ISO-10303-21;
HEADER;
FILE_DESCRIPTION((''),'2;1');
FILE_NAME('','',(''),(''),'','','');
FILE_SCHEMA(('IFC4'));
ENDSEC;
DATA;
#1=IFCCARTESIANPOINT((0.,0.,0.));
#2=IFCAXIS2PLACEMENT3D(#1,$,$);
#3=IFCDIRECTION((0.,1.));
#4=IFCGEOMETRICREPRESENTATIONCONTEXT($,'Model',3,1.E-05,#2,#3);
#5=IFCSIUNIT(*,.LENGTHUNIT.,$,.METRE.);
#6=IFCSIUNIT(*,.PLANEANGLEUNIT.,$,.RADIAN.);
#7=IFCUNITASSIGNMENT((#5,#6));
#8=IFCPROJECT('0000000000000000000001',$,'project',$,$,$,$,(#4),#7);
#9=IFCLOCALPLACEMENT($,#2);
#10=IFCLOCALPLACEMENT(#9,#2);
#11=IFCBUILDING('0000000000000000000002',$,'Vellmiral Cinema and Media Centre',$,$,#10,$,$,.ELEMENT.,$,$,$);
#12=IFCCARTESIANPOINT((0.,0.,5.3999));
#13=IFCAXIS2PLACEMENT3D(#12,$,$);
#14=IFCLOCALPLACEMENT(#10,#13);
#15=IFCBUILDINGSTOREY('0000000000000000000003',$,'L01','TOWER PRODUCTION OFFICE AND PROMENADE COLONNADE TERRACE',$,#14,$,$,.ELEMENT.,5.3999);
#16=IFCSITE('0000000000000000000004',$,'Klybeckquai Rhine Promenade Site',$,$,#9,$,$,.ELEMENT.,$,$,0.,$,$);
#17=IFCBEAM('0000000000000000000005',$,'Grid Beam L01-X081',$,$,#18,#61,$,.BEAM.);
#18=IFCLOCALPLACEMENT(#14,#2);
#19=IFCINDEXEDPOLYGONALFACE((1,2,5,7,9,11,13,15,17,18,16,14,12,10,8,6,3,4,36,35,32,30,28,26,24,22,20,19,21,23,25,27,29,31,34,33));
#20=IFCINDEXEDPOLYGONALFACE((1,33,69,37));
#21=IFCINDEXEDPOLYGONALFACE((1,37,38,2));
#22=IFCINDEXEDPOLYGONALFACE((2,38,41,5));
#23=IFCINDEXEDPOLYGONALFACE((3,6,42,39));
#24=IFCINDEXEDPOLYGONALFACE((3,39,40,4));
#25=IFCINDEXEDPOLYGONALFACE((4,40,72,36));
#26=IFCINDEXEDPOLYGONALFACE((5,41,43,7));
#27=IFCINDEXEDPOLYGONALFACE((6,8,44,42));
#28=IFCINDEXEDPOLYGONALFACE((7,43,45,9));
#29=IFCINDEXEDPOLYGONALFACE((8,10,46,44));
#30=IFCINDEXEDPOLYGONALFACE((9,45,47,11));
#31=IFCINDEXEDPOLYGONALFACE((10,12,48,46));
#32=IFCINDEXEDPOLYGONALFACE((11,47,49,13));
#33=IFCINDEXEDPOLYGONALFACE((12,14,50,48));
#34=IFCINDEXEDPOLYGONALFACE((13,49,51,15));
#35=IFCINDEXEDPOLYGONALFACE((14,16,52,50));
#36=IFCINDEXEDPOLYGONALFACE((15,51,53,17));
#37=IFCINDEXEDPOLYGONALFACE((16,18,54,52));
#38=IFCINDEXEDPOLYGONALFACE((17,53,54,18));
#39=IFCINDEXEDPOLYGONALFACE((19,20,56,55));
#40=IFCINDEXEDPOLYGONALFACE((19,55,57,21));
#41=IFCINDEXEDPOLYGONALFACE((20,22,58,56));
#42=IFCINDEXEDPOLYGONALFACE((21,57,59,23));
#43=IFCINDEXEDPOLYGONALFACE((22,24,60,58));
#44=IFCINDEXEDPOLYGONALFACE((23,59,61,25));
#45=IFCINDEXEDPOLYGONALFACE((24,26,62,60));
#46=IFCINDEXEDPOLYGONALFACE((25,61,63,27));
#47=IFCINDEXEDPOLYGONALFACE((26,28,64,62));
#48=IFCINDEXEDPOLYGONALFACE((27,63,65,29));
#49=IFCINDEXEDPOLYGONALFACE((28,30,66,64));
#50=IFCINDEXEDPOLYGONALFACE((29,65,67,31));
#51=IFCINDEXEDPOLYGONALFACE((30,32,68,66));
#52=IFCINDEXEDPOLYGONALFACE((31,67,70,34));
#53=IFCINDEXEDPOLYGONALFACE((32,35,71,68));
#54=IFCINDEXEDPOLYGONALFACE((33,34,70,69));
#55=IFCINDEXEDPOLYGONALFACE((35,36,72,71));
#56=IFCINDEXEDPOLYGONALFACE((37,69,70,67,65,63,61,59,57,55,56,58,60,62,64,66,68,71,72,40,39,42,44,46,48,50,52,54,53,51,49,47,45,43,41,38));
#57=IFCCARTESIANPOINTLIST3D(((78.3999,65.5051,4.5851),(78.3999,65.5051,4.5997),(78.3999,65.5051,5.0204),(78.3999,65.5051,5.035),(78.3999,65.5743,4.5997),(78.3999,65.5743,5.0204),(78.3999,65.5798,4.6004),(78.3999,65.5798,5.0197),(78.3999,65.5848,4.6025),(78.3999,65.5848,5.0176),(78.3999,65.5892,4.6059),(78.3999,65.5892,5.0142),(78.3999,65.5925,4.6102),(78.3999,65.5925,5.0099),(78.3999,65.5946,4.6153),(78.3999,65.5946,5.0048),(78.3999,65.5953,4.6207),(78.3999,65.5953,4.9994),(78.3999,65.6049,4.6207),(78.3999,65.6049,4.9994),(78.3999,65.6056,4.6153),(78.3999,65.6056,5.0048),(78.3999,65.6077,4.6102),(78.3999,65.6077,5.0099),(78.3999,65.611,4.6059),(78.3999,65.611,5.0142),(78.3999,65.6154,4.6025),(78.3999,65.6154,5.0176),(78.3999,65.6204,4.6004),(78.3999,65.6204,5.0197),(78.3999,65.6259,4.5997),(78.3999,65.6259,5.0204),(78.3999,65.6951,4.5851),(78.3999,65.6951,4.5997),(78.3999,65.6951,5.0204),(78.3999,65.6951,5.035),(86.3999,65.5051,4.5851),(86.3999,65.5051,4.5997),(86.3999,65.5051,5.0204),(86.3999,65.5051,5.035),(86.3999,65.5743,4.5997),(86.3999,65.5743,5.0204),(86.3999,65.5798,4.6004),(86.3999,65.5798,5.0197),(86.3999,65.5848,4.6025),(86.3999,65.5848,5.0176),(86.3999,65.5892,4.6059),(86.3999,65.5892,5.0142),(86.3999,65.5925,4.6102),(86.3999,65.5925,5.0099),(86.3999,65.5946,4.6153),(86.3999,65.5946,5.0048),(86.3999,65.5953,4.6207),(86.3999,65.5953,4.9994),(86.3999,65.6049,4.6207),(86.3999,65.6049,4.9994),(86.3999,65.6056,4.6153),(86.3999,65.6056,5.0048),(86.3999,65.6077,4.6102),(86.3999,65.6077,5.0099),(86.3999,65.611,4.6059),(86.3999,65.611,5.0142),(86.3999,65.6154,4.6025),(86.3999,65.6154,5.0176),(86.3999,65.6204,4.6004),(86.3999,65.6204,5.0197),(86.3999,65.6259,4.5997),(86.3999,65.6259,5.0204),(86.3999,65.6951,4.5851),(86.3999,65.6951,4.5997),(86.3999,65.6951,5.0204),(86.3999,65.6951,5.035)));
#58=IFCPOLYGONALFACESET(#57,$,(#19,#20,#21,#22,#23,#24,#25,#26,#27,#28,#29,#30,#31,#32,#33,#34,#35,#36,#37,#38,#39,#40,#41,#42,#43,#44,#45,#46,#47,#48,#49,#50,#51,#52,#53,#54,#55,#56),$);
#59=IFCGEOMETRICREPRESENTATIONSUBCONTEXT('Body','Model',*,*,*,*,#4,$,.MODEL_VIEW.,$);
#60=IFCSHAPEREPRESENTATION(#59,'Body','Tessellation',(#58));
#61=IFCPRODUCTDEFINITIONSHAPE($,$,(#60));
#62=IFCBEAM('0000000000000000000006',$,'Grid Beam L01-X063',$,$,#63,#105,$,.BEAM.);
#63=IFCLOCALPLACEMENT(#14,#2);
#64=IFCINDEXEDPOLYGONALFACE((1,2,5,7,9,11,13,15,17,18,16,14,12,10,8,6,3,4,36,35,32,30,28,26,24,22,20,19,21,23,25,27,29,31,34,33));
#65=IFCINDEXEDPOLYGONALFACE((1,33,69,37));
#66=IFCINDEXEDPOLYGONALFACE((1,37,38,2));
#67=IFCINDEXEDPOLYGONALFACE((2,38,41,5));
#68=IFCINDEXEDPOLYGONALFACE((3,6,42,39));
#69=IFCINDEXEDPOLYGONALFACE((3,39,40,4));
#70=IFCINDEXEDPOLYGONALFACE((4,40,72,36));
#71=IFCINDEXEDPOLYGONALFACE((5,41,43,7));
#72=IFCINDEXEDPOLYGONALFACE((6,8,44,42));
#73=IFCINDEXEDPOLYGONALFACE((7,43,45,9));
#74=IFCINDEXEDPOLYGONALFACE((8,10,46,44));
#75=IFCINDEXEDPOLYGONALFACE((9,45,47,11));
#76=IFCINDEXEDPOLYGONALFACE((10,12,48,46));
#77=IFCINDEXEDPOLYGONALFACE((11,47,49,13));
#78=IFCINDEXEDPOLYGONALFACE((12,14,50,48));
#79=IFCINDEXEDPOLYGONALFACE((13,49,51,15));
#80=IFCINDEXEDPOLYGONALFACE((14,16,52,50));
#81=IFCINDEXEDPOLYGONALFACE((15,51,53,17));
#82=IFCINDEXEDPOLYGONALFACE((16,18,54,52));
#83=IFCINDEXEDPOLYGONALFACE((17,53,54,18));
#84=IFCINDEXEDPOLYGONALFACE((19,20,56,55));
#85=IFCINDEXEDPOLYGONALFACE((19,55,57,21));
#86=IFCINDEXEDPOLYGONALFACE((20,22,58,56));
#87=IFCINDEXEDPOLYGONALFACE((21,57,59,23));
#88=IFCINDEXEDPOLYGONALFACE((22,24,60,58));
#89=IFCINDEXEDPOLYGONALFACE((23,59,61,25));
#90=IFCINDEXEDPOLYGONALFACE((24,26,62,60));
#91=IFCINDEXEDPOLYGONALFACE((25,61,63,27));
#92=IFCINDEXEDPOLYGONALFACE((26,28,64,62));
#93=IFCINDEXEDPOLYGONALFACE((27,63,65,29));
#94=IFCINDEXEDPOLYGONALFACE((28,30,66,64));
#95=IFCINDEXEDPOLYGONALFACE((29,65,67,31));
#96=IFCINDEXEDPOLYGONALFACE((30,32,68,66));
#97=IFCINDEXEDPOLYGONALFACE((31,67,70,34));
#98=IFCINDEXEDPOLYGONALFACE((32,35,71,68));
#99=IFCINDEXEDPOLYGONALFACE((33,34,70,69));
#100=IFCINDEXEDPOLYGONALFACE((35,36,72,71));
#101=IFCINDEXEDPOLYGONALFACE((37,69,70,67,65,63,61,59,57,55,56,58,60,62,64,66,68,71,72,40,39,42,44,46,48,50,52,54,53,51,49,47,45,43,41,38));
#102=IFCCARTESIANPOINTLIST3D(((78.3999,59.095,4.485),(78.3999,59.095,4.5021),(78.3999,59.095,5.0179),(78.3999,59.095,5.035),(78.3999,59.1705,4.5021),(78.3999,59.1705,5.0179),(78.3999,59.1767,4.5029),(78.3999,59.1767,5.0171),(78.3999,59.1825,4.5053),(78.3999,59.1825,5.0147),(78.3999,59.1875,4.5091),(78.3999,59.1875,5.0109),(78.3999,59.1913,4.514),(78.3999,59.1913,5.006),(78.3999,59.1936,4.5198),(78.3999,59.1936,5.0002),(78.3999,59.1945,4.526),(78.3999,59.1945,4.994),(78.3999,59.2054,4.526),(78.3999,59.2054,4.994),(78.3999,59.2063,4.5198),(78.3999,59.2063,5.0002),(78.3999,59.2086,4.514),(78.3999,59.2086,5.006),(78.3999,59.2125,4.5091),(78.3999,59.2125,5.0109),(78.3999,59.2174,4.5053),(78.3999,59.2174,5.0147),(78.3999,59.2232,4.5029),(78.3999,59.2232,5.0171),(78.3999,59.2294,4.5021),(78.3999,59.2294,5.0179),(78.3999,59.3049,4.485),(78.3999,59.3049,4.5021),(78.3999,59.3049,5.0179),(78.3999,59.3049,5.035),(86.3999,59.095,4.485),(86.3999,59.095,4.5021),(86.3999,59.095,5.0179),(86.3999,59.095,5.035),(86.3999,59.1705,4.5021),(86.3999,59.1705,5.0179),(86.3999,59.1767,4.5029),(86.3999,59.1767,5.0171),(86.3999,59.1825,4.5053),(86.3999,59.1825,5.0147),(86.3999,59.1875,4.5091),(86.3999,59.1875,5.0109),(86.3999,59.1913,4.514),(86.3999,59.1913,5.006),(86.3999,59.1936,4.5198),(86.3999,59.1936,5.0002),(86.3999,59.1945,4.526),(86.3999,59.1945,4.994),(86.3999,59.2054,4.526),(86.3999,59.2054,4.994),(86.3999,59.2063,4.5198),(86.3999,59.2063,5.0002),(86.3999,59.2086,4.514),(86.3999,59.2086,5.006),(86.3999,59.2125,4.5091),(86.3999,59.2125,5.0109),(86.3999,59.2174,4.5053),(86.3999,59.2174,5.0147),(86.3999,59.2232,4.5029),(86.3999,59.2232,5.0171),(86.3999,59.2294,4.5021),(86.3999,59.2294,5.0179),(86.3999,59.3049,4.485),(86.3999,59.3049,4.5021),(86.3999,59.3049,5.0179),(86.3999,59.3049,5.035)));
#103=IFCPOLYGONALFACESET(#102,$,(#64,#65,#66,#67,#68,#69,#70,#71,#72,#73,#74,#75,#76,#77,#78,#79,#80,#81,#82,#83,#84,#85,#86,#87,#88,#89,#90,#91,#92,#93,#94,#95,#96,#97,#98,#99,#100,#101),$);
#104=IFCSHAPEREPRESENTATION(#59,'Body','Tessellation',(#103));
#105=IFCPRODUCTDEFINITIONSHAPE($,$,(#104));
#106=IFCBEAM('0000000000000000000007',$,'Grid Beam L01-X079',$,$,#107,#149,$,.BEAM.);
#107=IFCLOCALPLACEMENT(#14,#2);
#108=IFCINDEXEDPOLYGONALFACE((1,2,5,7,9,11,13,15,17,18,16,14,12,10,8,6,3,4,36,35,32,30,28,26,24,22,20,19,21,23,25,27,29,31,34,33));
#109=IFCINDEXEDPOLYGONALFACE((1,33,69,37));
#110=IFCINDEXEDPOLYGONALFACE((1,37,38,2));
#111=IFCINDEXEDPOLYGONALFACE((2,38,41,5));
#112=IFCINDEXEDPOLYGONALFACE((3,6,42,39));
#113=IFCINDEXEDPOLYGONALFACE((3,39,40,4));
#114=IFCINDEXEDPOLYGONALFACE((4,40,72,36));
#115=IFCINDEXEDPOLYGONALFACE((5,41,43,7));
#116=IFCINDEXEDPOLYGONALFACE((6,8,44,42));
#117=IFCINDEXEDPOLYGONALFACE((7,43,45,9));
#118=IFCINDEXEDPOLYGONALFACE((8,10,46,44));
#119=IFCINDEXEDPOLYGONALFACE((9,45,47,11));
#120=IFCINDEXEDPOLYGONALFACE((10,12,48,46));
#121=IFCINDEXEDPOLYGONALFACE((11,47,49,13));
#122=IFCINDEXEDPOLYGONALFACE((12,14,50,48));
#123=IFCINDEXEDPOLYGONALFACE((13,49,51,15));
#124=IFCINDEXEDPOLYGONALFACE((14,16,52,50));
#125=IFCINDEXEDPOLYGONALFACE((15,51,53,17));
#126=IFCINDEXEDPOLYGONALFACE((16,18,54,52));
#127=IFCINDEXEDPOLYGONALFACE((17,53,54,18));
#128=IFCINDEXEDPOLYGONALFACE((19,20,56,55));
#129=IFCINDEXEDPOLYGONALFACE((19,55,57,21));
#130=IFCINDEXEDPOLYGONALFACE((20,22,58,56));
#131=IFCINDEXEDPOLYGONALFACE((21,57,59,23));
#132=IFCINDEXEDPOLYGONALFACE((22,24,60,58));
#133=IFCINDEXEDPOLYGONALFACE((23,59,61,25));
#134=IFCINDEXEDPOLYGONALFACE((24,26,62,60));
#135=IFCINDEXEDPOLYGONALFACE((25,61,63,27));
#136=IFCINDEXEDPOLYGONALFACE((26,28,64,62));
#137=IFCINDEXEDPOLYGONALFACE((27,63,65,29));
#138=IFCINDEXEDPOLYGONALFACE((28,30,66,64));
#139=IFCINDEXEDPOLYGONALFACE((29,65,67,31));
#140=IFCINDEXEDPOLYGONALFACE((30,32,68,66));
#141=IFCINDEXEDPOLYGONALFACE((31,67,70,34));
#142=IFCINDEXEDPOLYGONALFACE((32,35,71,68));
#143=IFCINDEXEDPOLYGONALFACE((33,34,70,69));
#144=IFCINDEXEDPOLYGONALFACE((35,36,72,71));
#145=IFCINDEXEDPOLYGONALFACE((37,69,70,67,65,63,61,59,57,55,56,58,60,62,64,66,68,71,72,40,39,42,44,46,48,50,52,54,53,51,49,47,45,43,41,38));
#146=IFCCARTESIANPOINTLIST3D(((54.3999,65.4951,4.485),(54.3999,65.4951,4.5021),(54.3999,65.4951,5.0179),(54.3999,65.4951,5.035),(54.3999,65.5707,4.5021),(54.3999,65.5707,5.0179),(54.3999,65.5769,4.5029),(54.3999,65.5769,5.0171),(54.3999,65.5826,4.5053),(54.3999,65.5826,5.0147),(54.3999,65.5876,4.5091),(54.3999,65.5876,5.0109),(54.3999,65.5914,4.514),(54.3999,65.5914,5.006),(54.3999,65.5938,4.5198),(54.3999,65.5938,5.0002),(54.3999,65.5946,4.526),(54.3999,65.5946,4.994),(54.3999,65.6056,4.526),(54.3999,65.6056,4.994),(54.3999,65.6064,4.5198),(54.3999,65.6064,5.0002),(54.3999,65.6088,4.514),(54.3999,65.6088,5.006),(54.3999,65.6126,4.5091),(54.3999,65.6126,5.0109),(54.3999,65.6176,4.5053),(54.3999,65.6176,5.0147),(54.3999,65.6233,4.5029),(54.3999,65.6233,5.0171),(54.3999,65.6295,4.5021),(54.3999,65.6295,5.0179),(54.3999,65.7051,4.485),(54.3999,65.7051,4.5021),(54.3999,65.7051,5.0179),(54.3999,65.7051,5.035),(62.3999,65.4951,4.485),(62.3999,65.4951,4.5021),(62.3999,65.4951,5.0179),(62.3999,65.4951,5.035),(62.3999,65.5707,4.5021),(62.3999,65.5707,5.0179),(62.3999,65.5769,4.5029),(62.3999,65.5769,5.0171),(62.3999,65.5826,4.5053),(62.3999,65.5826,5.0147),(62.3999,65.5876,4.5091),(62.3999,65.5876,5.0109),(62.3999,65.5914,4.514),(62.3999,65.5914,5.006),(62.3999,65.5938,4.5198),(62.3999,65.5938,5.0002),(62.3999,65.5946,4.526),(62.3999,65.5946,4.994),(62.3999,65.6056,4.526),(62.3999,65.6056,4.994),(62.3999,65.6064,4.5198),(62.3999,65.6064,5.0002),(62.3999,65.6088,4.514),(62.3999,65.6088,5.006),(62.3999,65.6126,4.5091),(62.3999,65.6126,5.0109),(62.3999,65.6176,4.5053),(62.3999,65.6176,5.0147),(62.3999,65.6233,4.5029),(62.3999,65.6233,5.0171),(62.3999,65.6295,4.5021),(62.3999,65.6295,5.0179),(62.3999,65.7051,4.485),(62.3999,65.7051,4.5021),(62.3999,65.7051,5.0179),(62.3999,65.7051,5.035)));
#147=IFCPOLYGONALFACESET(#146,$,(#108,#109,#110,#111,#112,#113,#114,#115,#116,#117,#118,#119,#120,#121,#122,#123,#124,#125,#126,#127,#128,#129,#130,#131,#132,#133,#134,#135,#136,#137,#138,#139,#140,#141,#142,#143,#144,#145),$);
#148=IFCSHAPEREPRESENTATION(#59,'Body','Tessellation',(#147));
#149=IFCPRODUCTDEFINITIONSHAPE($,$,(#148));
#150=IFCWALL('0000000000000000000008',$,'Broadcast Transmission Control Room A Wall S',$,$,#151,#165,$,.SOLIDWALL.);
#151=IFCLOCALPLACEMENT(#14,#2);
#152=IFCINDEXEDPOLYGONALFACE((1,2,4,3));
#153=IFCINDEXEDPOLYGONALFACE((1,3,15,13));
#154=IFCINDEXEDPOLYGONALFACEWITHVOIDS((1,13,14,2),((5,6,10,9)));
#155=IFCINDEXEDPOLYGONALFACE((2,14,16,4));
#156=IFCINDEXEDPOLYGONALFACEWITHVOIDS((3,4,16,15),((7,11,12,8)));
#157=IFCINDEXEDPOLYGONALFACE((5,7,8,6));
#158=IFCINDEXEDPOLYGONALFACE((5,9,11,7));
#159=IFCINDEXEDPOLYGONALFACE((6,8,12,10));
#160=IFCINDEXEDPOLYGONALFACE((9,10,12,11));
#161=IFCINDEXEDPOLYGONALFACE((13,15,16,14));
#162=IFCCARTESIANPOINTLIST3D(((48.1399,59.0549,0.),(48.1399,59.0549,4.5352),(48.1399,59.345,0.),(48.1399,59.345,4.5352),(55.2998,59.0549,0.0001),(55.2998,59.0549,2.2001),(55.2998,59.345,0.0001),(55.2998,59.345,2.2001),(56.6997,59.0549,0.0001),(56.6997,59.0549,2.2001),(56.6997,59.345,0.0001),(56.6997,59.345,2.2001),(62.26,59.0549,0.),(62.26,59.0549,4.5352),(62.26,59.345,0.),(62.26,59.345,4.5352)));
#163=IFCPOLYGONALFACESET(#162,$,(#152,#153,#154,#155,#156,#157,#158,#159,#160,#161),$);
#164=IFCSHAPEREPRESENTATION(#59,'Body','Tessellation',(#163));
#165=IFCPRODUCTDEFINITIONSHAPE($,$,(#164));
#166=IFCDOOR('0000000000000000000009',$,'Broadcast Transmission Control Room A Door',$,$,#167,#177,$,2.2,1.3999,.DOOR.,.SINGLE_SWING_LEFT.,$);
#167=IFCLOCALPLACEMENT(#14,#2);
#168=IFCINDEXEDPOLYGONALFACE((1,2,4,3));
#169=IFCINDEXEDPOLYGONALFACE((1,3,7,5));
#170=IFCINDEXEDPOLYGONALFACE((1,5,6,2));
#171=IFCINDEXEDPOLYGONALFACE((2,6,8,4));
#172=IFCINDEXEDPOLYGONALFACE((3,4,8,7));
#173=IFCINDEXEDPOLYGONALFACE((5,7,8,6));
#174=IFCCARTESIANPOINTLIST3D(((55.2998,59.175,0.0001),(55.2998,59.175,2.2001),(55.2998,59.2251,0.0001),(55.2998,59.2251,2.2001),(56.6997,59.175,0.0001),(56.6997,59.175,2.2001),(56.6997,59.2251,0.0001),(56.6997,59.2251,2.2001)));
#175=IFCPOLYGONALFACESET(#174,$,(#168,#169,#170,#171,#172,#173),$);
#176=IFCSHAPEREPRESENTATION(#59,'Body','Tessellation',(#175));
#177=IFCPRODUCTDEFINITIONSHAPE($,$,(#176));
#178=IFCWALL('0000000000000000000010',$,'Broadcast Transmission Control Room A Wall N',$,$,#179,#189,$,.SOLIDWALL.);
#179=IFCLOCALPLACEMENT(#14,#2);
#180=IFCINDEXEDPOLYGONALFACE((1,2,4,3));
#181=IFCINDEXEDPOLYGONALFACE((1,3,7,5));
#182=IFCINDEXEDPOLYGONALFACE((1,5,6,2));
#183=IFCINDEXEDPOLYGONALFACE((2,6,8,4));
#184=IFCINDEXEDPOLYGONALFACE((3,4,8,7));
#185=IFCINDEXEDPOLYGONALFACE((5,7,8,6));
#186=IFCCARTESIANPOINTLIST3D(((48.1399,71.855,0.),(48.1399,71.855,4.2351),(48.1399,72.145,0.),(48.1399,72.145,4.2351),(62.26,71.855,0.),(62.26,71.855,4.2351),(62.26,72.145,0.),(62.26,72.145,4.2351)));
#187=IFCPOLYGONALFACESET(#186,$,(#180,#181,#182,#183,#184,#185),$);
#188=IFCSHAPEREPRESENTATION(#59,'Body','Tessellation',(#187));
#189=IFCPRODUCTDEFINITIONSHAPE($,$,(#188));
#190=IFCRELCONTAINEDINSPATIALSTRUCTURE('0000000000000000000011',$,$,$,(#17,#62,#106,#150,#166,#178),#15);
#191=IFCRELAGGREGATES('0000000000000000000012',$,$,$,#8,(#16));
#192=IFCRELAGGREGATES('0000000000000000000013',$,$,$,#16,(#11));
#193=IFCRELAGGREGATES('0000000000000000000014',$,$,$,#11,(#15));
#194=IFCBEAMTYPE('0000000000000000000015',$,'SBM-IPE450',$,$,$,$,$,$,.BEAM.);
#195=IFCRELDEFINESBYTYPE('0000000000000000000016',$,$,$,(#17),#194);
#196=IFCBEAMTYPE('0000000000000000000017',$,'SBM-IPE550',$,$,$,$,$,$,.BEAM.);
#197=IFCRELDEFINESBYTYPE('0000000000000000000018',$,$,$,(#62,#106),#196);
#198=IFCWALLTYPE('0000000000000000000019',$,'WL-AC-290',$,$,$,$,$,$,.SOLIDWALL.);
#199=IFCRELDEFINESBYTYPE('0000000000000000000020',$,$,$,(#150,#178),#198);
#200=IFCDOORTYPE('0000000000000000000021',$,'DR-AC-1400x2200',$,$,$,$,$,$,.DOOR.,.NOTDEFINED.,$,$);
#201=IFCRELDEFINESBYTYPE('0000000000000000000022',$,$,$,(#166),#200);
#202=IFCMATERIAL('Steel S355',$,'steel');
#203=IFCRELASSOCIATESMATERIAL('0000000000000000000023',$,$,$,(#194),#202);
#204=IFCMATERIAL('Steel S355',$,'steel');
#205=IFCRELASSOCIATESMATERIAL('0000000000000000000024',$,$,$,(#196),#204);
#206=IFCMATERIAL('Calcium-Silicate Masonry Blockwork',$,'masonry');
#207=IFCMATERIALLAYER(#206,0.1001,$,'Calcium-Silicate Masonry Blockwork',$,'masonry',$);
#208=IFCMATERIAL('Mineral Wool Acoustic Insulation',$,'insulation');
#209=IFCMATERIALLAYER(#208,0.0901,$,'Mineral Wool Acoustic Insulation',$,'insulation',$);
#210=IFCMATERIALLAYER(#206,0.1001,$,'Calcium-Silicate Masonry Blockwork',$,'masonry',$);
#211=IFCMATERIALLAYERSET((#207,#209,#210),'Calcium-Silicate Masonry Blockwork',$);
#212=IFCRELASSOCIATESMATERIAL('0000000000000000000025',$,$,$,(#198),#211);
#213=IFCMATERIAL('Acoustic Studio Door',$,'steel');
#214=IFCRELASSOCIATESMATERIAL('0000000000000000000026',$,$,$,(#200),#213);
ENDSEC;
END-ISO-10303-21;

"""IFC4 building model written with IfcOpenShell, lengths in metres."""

from ifc_helpers import new_model, si_unit, direction, frame, frame_2d, origin, origin_2d, place, context, subcontext, project, spatial, rectangle, i_section, extrude, material, layer, layer_set, material_profile, profile_set, type_object, element, fill, save


model = new_model("IFC4")

# Units and contexts
model_context = context("Model", 3, precision=1e-05, world=origin(), true_north=direction((0.0, 1.0)))
body_context = subcontext(model_context, "Body", "Model", "MODEL_VIEW")
ifc_project = project(units=[si_unit("LENGTHUNIT", "METRE"), si_unit("PLANEANGLEUNIT", "RADIAN")], contexts=[model_context])

# Site, building, storey
site_placement = place(None, origin())
site = spatial("IfcSite", under=ifc_project, at=site_placement, Name="Klybeckquai Rhine Promenade Site", CompositionType="ELEMENT", RefElevation=0.0)
building_placement = place(site_placement, origin())
building = spatial("IfcBuilding", under=site, at=building_placement, Name="Vellmiral Cinema and Media Centre", CompositionType="ELEMENT")
storey_placement = place(building_placement, frame((0.0, 0.0, 5.3999)))
storey = spatial("IfcBuildingStorey", under=building, at=storey_placement, Name="L01", Description="TOWER PRODUCTION OFFICE AND PROMENADE COLONNADE TERRACE", CompositionType="ELEMENT", Elevation=5.3999)

# Beams
ifc_material_1 = material(Name="Steel S355", Category="steel")
ifc_material_profile_1 = material_profile(ifc_material_1, i_section(OverallWidth=0.1899, OverallDepth=0.45, WebThickness=0.0095, FlangeThickness=0.0146, FilletRadius=0.021, at=origin_2d()), Name="IPE 450")
ifc_profile_set_1 = profile_set([ifc_material_profile_1], Name="Steel S355")
beam_type_1 = type_object("IfcBeamType", Name="SBM-IPE450", PredefinedType="BEAM", material=ifc_profile_set_1)
beam_1_placement = place(storey_placement, frame((78.3999, 65.6001, 4.8101), z_axis=(1.0, 0.0, 0.0), x_axis=(0.0, 1.0, 0.0)))
element("IfcBeam", 1, at=beam_1_placement, inside=storey, type_object=beam_type_1, Name="Grid Beam L01-X081", PredefinedType="BEAM", context=body_context, shape_type="SweptSolid", body=[
    extrude(i_section(OverallWidth=0.1899, OverallDepth=0.45, WebThickness=0.0095, FlangeThickness=0.0146, FilletRadius=0.021, at=origin_2d()), origin(), (0.0, 0.0, 1.0), 8.0),
])
ifc_material_2 = material(Name="Steel S355", Category="steel")
ifc_material_profile_2 = material_profile(ifc_material_2, i_section(OverallWidth=0.21, OverallDepth=0.55, WebThickness=0.011, FlangeThickness=0.0171, FilletRadius=0.0239, at=origin_2d()), Name="IPE 550")
ifc_profile_set_2 = profile_set([ifc_material_profile_2], Name="Steel S355")
beam_type_2 = type_object("IfcBeamType", Name="SBM-IPE550", PredefinedType="BEAM", material=ifc_profile_set_2)
for number, where, z_axis, x_axis, name in (
    (2, (78.3999, 59.2, 4.76), (1.0, 0.0, 0.0), (0.0, 1.0, 0.0), "Grid Beam L01-X063"),
    (3, (54.3999, 65.6001, 4.76), (1.0, 0.0, 0.0), (0.0, 1.0, 0.0), "Grid Beam L01-X079"),
):
    element("IfcBeam", number, at=place(storey_placement, frame(where, z_axis=z_axis, x_axis=x_axis)), inside=storey, type_object=beam_type_2, Name=name, PredefinedType="BEAM", context=body_context, shape_type="SweptSolid", body=[
        extrude(i_section(OverallWidth=0.21, OverallDepth=0.55, WebThickness=0.011, FlangeThickness=0.0171, FilletRadius=0.0239, at=origin_2d()), origin(), (0.0, 0.0, 1.0), 8.0),
    ])

# Wall, opening, door
ifc_material_3 = material(Name="Calcium-Silicate Masonry Blockwork", Category="masonry")
ifc_layer_1 = layer(ifc_material_3, 0.1001, Name="Calcium-Silicate Masonry Blockwork", Category="masonry")
ifc_material_4 = material(Name="Mineral Wool Acoustic Insulation", Category="insulation")
ifc_layer_2 = layer(ifc_material_4, 0.0901, Name="Mineral Wool Acoustic Insulation", Category="insulation")
ifc_layer_3 = layer(ifc_material_3, 0.1001, Name="Calcium-Silicate Masonry Blockwork", Category="masonry")
ifc_layer_set_1 = layer_set([ifc_layer_1, ifc_layer_2, ifc_layer_3], Name="Calcium-Silicate Masonry Blockwork")
wall_type_1 = type_object("IfcWallType", Name="WL-AC-290", PredefinedType="SOLIDWALL", material=ifc_layer_set_1)
wall_1_placement = place(storey_placement, frame((48.1399, 59.2, 0.0), z_axis=(0.0, 0.0, 1.0), x_axis=(1.0, 0.0, 0.0)))
wall_1 = element("IfcWall", 4, at=wall_1_placement, inside=storey, type_object=wall_type_1, Name="Broadcast Transmission Control Room A Wall S", PredefinedType="SOLIDWALL", context=body_context, shape_type="SweptSolid", body=[
    extrude(rectangle(XDim=14.1201, YDim=0.29, at=frame_2d((7.0601, 0.0))), origin(), (0.0, 0.0, 1.0), 4.5352),
])
opening_1_placement = place(wall_1_placement, frame((7.1599, 0.0, 0.0)))
opening_1 = element("IfcOpeningElement", 5, at=opening_1_placement, cuts=wall_1, PredefinedType="OPENING", context=body_context, shape_type="SweptSolid", body=[
    extrude(rectangle(XDim=1.3999, YDim=2.2, at=frame_2d((0.7, 1.1001))), frame((0.0, 0.157, 0.0), z_axis=(0.0, -1.0, 0.0), x_axis=(1.0, 0.0, 0.0)), (0.0, 0.0, 1.0), 0.314),
])
ifc_material_5 = material(Name="Acoustic Studio Door", Category="steel")
door_type_1 = type_object("IfcDoorType", Name="DR-AC-1400x2200", OperationType="NOTDEFINED", PredefinedType="DOOR", material=ifc_material_5)
door_1_placement = place(opening_1_placement, frame((1.3999, 0.0, 0.0), z_axis=(0.0, 0.0, 1.0), x_axis=(-1.0, 0.0, 0.0)))
door_1 = element("IfcDoor", 6, at=door_1_placement, inside=storey, type_object=door_type_1, Name="Broadcast Transmission Control Room A Door", OperationType="SINGLE_SWING_LEFT", OverallHeight=2.2, OverallWidth=1.3999, PredefinedType="DOOR", context=body_context, shape_type="SweptSolid", body=[
    extrude(rectangle(XDim=1.3999, YDim=2.2, at=frame_2d((0.7, 1.1001))), frame((0.0, 0.0249, 0.0), z_axis=(0.0, -1.0, 0.0), x_axis=(1.0, 0.0, 0.0)), (0.0, 0.0, 1.0), 0.05),
])
fill(opening_1, door_1)

# Wall
wall_2_placement = place(storey_placement, frame((48.1399, 72.0, 0.0), z_axis=(0.0, 0.0, 1.0), x_axis=(1.0, 0.0, 0.0)))
element("IfcWall", 7, at=wall_2_placement, inside=storey, type_object=wall_type_1, Name="Broadcast Transmission Control Room A Wall N", PredefinedType="SOLIDWALL", context=body_context, shape_type="SweptSolid", body=[
    extrude(rectangle(XDim=14.1201, YDim=0.29, at=frame_2d((7.0601, 0.0))), origin(), (0.0, 0.0, 1.0), 4.2351),
])

save(model, "model.ifc")
